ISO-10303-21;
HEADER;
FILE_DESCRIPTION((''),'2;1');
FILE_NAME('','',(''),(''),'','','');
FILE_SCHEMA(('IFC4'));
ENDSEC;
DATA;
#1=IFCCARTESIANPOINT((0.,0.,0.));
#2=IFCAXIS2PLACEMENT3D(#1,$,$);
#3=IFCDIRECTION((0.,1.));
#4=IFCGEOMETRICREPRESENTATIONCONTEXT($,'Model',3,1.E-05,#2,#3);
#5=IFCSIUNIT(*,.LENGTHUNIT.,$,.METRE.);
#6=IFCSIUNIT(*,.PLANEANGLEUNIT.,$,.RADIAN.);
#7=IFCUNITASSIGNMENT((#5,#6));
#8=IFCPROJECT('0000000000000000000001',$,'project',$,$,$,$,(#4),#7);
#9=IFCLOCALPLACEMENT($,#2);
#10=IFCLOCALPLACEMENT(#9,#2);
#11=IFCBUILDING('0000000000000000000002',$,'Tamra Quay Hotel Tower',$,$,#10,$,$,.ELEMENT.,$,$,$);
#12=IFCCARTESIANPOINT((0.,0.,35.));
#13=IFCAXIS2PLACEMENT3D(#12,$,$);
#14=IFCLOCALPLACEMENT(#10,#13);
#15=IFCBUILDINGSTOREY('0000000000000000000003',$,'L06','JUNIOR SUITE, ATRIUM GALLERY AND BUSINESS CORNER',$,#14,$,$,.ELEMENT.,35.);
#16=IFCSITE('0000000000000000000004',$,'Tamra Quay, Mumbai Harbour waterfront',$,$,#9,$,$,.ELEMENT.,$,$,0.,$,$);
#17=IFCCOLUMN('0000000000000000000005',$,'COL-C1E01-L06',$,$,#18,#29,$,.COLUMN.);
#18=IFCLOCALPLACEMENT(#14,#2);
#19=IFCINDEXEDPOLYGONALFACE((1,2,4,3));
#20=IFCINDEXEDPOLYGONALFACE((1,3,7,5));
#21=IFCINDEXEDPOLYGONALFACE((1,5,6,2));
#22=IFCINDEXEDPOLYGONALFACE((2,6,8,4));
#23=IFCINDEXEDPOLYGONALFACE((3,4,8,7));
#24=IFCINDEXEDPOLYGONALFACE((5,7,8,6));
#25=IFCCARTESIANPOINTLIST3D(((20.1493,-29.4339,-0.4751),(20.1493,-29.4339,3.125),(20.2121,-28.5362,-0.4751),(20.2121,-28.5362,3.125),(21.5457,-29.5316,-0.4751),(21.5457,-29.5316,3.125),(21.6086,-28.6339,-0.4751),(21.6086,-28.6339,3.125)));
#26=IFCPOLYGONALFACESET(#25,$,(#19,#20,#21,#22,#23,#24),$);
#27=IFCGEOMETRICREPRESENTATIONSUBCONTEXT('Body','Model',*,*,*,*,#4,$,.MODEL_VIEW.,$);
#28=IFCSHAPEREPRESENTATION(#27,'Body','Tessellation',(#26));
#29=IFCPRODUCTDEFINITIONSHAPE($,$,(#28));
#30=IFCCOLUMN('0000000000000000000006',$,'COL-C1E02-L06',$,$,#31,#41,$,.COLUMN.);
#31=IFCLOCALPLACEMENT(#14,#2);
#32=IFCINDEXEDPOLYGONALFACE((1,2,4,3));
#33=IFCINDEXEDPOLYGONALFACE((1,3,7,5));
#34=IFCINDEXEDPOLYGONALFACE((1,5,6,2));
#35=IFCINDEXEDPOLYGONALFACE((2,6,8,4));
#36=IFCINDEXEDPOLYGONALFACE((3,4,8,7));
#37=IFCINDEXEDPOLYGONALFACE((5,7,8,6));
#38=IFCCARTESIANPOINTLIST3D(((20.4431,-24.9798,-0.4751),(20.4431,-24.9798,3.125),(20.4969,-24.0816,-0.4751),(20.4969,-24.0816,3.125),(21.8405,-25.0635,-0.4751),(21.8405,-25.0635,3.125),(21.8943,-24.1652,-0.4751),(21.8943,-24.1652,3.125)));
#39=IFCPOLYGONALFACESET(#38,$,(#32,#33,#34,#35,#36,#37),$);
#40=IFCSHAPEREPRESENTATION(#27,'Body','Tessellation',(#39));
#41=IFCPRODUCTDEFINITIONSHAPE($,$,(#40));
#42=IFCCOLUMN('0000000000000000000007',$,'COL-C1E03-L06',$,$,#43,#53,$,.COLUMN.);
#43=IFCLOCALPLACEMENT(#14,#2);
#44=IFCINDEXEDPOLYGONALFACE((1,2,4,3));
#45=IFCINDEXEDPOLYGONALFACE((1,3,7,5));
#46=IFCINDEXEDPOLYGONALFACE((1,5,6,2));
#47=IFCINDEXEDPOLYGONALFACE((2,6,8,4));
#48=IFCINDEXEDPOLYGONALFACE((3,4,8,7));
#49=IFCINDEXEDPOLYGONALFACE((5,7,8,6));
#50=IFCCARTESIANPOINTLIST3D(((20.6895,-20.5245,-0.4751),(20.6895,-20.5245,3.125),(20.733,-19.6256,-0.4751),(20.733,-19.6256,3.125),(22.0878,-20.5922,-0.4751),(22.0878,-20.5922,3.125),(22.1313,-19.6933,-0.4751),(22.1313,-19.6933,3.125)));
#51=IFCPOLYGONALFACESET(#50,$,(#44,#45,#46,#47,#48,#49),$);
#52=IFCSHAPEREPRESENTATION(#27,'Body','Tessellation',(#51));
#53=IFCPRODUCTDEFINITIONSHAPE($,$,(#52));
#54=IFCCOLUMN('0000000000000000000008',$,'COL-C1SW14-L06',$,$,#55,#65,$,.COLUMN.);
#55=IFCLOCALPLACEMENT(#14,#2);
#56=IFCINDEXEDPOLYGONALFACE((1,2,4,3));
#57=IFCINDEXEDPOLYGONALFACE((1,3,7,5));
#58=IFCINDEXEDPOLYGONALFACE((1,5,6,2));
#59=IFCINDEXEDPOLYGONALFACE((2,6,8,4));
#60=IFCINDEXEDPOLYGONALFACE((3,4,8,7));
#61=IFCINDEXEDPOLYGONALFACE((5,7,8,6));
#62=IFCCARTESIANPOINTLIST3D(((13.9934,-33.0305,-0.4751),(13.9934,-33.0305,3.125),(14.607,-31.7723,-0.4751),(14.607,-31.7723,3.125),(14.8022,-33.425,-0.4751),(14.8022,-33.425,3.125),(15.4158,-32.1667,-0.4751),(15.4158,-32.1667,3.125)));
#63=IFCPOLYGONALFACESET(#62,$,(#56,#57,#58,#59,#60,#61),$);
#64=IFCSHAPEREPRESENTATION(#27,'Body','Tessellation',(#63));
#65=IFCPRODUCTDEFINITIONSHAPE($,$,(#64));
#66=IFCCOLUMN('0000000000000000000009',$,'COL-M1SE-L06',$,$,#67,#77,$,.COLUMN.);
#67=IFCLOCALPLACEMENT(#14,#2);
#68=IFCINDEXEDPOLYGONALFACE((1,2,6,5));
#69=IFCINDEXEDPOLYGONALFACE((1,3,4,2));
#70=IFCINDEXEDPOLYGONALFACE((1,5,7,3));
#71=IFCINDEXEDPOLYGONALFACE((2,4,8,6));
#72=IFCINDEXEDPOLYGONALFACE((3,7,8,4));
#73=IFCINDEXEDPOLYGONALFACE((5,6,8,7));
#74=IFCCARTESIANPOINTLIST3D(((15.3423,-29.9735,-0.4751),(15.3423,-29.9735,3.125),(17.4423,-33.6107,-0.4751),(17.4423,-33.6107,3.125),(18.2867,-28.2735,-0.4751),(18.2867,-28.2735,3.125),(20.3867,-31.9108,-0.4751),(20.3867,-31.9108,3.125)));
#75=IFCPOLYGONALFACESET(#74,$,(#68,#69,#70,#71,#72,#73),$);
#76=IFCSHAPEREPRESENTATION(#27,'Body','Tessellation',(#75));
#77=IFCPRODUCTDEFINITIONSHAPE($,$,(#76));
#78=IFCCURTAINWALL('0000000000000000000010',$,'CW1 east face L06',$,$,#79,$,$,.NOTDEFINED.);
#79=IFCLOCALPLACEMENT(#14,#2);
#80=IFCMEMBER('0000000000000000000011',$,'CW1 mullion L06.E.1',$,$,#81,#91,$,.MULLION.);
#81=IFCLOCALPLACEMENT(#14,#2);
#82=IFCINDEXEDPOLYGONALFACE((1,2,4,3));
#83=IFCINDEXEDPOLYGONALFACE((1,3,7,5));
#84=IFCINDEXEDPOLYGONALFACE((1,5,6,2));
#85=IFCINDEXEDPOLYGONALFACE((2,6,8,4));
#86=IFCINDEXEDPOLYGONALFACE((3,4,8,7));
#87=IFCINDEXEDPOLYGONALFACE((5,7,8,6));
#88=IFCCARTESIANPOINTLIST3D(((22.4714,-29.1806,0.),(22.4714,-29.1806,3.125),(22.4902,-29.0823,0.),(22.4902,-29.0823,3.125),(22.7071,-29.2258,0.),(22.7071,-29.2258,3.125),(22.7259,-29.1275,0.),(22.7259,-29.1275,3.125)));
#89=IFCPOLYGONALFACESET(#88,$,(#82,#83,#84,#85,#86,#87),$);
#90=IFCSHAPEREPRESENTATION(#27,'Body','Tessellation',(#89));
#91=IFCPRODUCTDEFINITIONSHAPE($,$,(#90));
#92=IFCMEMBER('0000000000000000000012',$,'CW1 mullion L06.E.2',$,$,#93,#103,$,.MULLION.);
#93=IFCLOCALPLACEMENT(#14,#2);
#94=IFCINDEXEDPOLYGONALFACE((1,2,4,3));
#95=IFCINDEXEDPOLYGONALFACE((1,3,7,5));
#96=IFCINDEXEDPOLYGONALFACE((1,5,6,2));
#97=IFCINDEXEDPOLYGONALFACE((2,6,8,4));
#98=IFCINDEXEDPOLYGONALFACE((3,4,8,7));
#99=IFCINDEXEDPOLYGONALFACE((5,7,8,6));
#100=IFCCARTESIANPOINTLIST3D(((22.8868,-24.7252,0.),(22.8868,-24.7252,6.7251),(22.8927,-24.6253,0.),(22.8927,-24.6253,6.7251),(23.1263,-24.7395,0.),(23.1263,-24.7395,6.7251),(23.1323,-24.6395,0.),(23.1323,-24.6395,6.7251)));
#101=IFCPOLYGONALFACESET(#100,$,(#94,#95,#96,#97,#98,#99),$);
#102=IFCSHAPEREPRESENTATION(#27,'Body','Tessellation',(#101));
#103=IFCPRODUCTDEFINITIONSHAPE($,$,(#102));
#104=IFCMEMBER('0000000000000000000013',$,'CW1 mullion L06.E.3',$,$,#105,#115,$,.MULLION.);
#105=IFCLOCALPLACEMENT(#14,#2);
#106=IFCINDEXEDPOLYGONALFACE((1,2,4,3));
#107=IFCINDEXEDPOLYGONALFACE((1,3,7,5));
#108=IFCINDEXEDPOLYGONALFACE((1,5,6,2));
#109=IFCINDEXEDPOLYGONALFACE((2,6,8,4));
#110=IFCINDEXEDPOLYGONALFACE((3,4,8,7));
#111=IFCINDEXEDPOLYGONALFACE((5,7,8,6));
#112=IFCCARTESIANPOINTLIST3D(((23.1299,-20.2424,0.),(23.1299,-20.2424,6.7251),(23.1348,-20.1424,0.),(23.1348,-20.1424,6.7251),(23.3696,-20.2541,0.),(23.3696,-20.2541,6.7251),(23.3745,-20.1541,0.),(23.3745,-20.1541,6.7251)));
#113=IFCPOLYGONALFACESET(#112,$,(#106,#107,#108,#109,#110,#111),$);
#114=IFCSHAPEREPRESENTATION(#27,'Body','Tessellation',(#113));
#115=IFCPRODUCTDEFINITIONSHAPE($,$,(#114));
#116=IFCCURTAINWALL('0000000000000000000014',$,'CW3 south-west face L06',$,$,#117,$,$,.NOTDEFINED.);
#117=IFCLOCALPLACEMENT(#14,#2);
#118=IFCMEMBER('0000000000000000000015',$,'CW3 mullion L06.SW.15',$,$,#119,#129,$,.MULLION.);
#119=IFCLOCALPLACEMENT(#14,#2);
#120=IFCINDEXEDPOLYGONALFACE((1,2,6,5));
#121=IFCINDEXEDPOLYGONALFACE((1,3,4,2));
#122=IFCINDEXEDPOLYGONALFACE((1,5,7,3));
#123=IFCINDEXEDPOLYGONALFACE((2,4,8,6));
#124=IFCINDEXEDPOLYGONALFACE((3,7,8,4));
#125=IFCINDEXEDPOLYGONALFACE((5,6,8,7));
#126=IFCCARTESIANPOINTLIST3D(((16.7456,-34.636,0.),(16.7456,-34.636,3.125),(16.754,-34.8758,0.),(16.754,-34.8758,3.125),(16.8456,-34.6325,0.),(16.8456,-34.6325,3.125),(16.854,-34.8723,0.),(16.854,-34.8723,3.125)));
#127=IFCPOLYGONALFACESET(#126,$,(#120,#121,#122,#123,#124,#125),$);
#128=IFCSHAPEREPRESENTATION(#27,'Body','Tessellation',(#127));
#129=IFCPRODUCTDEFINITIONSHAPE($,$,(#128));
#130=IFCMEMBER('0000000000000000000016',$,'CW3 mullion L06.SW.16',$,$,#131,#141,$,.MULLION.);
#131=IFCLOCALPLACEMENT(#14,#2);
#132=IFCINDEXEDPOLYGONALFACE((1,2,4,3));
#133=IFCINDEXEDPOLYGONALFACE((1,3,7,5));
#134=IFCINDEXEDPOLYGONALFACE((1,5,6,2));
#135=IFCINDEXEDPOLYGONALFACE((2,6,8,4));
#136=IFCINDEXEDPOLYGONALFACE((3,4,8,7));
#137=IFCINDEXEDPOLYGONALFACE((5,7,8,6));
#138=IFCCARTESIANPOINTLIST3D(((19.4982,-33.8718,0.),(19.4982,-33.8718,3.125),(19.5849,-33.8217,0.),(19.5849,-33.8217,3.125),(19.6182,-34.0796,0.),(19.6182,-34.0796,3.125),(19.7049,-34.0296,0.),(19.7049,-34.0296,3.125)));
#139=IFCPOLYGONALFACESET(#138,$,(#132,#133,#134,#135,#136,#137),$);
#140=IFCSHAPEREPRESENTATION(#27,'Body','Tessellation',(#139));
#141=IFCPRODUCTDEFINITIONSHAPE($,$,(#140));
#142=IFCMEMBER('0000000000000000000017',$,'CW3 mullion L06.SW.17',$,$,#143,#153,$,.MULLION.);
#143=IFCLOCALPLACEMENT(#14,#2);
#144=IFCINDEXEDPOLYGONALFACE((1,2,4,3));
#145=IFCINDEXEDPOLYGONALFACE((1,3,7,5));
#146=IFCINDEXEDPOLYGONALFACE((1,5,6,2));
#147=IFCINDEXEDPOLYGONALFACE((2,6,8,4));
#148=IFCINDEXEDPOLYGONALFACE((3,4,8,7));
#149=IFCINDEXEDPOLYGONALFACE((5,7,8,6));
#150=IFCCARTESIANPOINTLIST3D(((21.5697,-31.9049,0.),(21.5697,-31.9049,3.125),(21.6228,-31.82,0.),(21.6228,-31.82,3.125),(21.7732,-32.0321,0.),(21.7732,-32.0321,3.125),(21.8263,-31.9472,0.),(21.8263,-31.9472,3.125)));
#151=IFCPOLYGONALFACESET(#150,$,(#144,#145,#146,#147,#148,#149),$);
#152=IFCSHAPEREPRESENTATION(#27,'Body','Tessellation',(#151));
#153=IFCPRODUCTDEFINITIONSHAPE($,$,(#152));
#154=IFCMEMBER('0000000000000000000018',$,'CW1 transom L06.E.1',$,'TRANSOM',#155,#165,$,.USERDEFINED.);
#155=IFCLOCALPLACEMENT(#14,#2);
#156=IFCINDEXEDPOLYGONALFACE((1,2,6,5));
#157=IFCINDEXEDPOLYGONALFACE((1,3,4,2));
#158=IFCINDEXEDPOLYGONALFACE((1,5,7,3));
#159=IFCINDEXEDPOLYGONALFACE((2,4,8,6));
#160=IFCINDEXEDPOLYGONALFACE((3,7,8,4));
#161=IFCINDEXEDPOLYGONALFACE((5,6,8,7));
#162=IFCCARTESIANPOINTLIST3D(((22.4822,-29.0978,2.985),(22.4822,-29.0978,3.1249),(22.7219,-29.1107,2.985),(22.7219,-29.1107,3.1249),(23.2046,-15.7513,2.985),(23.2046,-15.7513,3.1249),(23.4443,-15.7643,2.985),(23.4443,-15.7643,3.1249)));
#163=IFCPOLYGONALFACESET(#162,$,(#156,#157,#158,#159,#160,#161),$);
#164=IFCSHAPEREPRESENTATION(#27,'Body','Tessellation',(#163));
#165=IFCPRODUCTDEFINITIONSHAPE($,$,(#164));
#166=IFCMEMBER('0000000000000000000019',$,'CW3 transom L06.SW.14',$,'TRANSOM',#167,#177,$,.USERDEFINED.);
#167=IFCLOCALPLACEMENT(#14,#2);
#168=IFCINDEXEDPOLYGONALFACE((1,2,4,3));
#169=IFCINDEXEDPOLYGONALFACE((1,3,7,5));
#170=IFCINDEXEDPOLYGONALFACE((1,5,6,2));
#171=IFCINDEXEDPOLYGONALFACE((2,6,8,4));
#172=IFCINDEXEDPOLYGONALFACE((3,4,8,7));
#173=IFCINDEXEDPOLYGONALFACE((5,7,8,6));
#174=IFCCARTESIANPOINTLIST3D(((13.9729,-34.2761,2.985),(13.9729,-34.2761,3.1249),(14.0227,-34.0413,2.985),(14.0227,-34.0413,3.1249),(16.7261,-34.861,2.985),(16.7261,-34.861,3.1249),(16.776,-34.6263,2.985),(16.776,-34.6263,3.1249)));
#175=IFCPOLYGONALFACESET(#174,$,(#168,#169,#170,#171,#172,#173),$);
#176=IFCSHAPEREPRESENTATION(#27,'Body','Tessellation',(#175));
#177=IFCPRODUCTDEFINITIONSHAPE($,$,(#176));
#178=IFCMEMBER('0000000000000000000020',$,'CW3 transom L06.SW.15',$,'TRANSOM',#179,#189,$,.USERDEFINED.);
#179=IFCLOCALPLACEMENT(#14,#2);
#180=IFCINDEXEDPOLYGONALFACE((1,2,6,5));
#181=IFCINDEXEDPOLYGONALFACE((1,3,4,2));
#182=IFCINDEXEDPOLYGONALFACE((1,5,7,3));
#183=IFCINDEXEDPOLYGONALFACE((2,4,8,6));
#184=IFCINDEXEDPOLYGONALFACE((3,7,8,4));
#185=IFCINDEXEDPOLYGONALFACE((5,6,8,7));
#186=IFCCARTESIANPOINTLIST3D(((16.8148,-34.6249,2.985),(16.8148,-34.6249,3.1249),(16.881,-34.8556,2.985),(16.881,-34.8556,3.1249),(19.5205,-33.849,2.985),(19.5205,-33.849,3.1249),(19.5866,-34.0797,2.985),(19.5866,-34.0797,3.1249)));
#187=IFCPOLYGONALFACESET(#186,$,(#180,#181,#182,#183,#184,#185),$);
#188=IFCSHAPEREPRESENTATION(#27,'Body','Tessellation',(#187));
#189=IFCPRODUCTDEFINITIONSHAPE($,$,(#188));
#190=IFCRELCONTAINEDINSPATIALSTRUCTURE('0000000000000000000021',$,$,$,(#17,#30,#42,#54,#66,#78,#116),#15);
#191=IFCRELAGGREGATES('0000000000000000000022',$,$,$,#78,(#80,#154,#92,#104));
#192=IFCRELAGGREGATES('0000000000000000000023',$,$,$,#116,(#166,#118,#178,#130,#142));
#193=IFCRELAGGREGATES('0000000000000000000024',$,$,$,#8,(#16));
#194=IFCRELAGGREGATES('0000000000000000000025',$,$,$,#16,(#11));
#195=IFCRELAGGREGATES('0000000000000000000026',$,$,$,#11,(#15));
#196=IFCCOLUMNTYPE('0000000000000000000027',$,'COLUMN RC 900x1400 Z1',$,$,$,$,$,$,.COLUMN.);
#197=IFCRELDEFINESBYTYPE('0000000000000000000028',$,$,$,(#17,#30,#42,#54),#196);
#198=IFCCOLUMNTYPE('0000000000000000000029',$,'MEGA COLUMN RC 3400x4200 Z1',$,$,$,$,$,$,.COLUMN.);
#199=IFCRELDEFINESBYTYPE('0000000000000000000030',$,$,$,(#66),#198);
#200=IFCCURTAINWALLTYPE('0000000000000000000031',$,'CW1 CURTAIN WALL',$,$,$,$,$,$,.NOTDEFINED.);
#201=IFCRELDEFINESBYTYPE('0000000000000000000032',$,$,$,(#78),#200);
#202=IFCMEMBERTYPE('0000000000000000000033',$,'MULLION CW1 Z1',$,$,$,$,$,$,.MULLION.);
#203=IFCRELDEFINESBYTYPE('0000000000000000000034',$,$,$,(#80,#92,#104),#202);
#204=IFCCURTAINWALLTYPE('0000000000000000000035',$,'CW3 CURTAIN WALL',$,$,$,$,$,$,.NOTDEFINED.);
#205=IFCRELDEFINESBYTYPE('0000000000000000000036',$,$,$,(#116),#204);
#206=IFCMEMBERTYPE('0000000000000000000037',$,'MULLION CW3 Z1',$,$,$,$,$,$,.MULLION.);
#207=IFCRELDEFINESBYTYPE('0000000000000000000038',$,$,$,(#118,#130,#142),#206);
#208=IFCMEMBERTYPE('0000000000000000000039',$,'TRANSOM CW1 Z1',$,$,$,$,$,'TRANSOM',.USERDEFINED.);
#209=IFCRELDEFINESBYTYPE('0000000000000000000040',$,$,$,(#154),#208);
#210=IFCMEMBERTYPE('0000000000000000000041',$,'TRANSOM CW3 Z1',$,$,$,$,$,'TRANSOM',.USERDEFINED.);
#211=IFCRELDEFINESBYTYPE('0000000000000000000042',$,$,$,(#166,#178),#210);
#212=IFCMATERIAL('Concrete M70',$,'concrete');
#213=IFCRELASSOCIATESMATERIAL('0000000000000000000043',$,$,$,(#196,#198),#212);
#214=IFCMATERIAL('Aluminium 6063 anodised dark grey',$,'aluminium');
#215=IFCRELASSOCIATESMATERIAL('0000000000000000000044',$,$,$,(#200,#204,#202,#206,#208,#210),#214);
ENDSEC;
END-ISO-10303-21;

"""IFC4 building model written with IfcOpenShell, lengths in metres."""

from ifc_helpers import new_model, si_unit, direction, frame, origin, origin_2d, place, context, subcontext, project, spatial, rectangle, extrude, material, material_profile, profile_set, type_object, element, aggregate, save


model = new_model("IFC4")

# Units and contexts
model_context = context("Model", 3, precision=1e-05, world=origin(), true_north=direction((0.0, 1.0)))
body_context = subcontext(model_context, "Body", "Model", "MODEL_VIEW")
ifc_project = project(units=[si_unit("LENGTHUNIT", "METRE"), si_unit("PLANEANGLEUNIT", "RADIAN")], contexts=[model_context])

# Site, building, storey
site_placement = place(None, origin())
site = spatial("IfcSite", under=ifc_project, at=site_placement, Name="Tamra Quay, Mumbai Harbour waterfront", CompositionType="ELEMENT", RefElevation=0.0)
building_placement = place(site_placement, origin())
building = spatial("IfcBuilding", under=site, at=building_placement, Name="Tamra Quay Hotel Tower", CompositionType="ELEMENT")
storey_placement = place(building_placement, frame((0.0, 0.0, 35.0)))
storey = spatial("IfcBuildingStorey", under=building, at=storey_placement, Name="L06", Description="JUNIOR SUITE, ATRIUM GALLERY AND BUSINESS CORNER", CompositionType="ELEMENT", Elevation=35.0)

# Columns
ifc_material_1 = material(Name="Concrete M70", Category="concrete")
ifc_material_profile_1 = material_profile(ifc_material_1, rectangle(XDim=1.3999, YDim=0.8999, at=origin_2d()), Name="COLUMN RC 900x1400 Z1")
ifc_profile_set_1 = profile_set([ifc_material_profile_1], Name="Concrete M70")
column_type_1 = type_object("IfcColumnType", Name="COLUMN RC 900x1400 Z1", PredefinedType="COLUMN", material=ifc_profile_set_1)
for number, where, z_axis, x_axis, name in (
    (1, (20.8789, -29.0339, -0.4751), (0.0, 0.0, 1.0), (-0.997562, 0.06979, 0.0), "COL-C1E01-L06"),
    (2, (21.1687, -24.5725, -0.4751), (0.0, 0.0, 1.0), (-0.998214, 0.059733, 0.0), "COL-C1E02-L06"),
    (3, (21.4104, -20.1089, -0.4751), (0.0, 0.0, 1.0), (-0.998831, 0.048344, 0.0), "COL-C1E03-L06"),
    (4, (14.7046, -32.5986, -0.4751), (0.0, 0.0, 1.0), (0.438341, 0.898809, 0.0), "COL-C1SW14-L06"),
):
    element("IfcColumn", number, at=place(storey_placement, frame(where, z_axis=z_axis, x_axis=x_axis)), inside=storey, type_object=column_type_1, Name=name, PredefinedType="COLUMN", context=body_context, shape_type="SweptSolid", body=[
        extrude(rectangle(XDim=1.3999, YDim=0.8999, at=origin_2d()), origin(), (0.0, 0.0, 1.0), 3.6001),
    ])
ifc_material_profile_2 = material_profile(ifc_material_1, rectangle(XDim=4.2, YDim=3.3999, at=origin_2d()), Name="MEGA COLUMN RC 3400x4200 Z1")
ifc_profile_set_2 = profile_set([ifc_material_profile_2], Name="Concrete M70")
column_type_2 = type_object("IfcColumnType", Name="MEGA COLUMN RC 3400x4200 Z1", PredefinedType="COLUMN", material=ifc_profile_set_2)
column_placement = place(storey_placement, frame((17.8645, -30.9421, -0.4751), z_axis=(0.0, 0.0, 1.0), x_axis=(-0.5, 0.866025, 0.0)))
element("IfcColumn", 5, at=column_placement, inside=storey, type_object=column_type_2, Name="COL-M1SE-L06", PredefinedType="COLUMN", context=body_context, shape_type="SweptSolid", body=[
    extrude(rectangle(XDim=4.2, YDim=3.3999, at=origin_2d()), origin(), (0.0, 0.0, 1.0), 3.6001),
])

# Curtain walls, members
ifc_material_2 = material(Name="Aluminium 6063 anodised dark grey", Category="aluminium")
curtain_wall_type_1 = type_object("IfcCurtainWallType", Name="CW1 CURTAIN WALL", PredefinedType="NOTDEFINED", material=ifc_material_2)
curtain_wall_1_placement = place(storey_placement, origin())
curtain_wall_1 = element("IfcCurtainWall", 6, at=curtain_wall_1_placement, inside=storey, type_object=curtain_wall_type_1, Name="CW1 east face L06", PredefinedType="NOTDEFINED")
ifc_material_profile_3 = material_profile(ifc_material_2, rectangle(XDim=0.24, YDim=0.1001, at=origin_2d()), Name="MULLION 100X240")
ifc_profile_set_3 = profile_set([ifc_material_profile_3], Name="Aluminium 6063 anodised dark grey")
member_type_1 = type_object("IfcMemberType", Name="MULLION CW1 Z1", PredefinedType="MULLION", material=ifc_profile_set_3)
member_1_placement = place(storey_placement, frame((22.5986, -29.1541, 0.0), z_axis=(0.0, 0.0, 1.0), x_axis=(0.982095, -0.188389, 0.0)))
member_1 = element("IfcMember", 7, at=member_1_placement, type_object=member_type_1, Name="CW1 mullion L06.E.1", PredefinedType="MULLION", context=body_context, shape_type="SweptSolid", body=[
    extrude(rectangle(XDim=0.24, YDim=0.1001, at=origin_2d()), origin(), (0.0, 0.0, 1.0), 3.125),
])
member_2_placement = place(storey_placement, frame((23.0095, -24.6824, 0.0), z_axis=(0.0, 0.0, 1.0), x_axis=(0.998232, -0.059439, 0.0)))
member_2 = element("IfcMember", 8, at=member_2_placement, type_object=member_type_1, Name="CW1 mullion L06.E.2", PredefinedType="MULLION", context=body_context, shape_type="SweptSolid", body=[
    extrude(rectangle(XDim=0.24, YDim=0.1001, at=origin_2d()), origin(), (0.0, 0.0, 1.0), 6.7251),
])
member_3_placement = place(storey_placement, frame((23.2522, -20.1982, 0.0), z_axis=(0.0, 0.0, 1.0), x_axis=(0.998815, -0.048675, 0.0)))
member_3 = element("IfcMember", 9, at=member_3_placement, type_object=member_type_1, Name="CW1 mullion L06.E.3", PredefinedType="MULLION", context=body_context, shape_type="SweptSolid", body=[
    extrude(rectangle(XDim=0.24, YDim=0.1001, at=origin_2d()), origin(), (0.0, 0.0, 1.0), 6.7251),
])
curtain_wall_type_2 = type_object("IfcCurtainWallType", Name="CW3 CURTAIN WALL", PredefinedType="NOTDEFINED", material=ifc_material_2)
curtain_wall_2_placement = place(storey_placement, origin())
curtain_wall_2 = element("IfcCurtainWall", 10, at=curtain_wall_2_placement, inside=storey, type_object=curtain_wall_type_2, Name="CW3 south-west face L06", PredefinedType="NOTDEFINED")
ifc_material_profile_4 = material_profile(ifc_material_2, rectangle(XDim=0.24, YDim=0.1001, at=origin_2d()), Name="MULLION 100X240")
ifc_profile_set_4 = profile_set([ifc_material_profile_4], Name="Aluminium 6063 anodised dark grey")
member_type_2 = type_object("IfcMemberType", Name="MULLION CW3 Z1", PredefinedType="MULLION", material=ifc_profile_set_4)
member_4_placement = place(storey_placement, frame((16.7998, -34.7542, 0.0), z_axis=(0.0, 0.0, 1.0), x_axis=(0.034916, -0.99939, 0.0)))
member_4 = element("IfcMember", 11, at=member_4_placement, type_object=member_type_2, Name="CW3 mullion L06.SW.15", PredefinedType="MULLION", context=body_context, shape_type="SweptSolid", body=[
    extrude(rectangle(XDim=0.24, YDim=0.1001, at=origin_2d()), origin(), (0.0, 0.0, 1.0), 3.125),
])
member_5_placement = place(storey_placement, frame((19.6016, -33.9507, 0.0), z_axis=(0.0, 0.0, 1.0), x_axis=(0.5, -0.866025, 0.0)))
member_5 = element("IfcMember", 12, at=member_5_placement, type_object=member_type_2, Name="CW3 mullion L06.SW.16", PredefinedType="MULLION", context=body_context, shape_type="SweptSolid", body=[
    extrude(rectangle(XDim=0.24, YDim=0.1001, at=origin_2d()), origin(), (0.0, 0.0, 1.0), 3.125),
])
member_6_placement = place(storey_placement, frame((21.698, -31.926, 0.0), z_axis=(0.0, 0.0, 1.0), x_axis=(0.848039, -0.529933, 0.0)))
member_6 = element("IfcMember", 13, at=member_6_placement, type_object=member_type_2, Name="CW3 mullion L06.SW.17", PredefinedType="MULLION", context=body_context, shape_type="SweptSolid", body=[
    extrude(rectangle(XDim=0.24, YDim=0.1001, at=origin_2d()), origin(), (0.0, 0.0, 1.0), 3.125),
])

# Members
ifc_material_profile_5 = material_profile(ifc_material_2, rectangle(XDim=0.24, YDim=0.1399, at=origin_2d()), Name="TRANSOM 240X140")
ifc_profile_set_5 = profile_set([ifc_material_profile_5], Name="Aluminium 6063 anodised dark grey")
member_type_3 = type_object("IfcMemberType", Name="TRANSOM CW1 Z1", ElementType="TRANSOM", PredefinedType="USERDEFINED", material=ifc_profile_set_5)
member_7_placement = place(storey_placement, frame((22.6021, -29.1042, 3.0549), z_axis=(0.054049, 0.998538, 0.0), x_axis=(-0.998538, 0.054049, 0.0)))
member_7 = element("IfcMember", 14, at=member_7_placement, type_object=member_type_3, Name="CW1 transom L06.E.1", ObjectType="TRANSOM", PredefinedType="USERDEFINED", context=body_context, shape_type="SweptSolid", body=[
    extrude(rectangle(XDim=0.24, YDim=0.1399, at=origin_2d()), origin(), (0.0, 0.0, 1.0), 13.366),
])
ifc_material_profile_6 = material_profile(ifc_material_2, rectangle(XDim=0.24, YDim=0.1399, at=origin_2d()), Name="TRANSOM 240X140")
ifc_profile_set_6 = profile_set([ifc_material_profile_6], Name="Aluminium 6063 anodised dark grey")
member_type_4 = type_object("IfcMemberType", Name="TRANSOM CW3 Z1", ElementType="TRANSOM", PredefinedType="USERDEFINED", material=ifc_profile_set_6)
member_8_placement = place(storey_placement, frame((13.9978, -34.1587, 3.0549), z_axis=(0.978165, -0.207829, 0.0), x_axis=(0.207829, 0.978165, 0.0)))
member_8 = element("IfcMember", 15, at=member_8_placement, type_object=member_type_4, Name="CW3 transom L06.SW.14", ObjectType="TRANSOM", PredefinedType="USERDEFINED", context=body_context, shape_type="SweptSolid", body=[
    extrude(rectangle(XDim=0.24, YDim=0.1399, at=origin_2d()), origin(), (0.0, 0.0, 1.0), 2.8147),
])
member_9_placement = place(storey_placement, frame((16.8479, -34.7402, 3.0549), z_axis=(0.961255, 0.27566, 0.0), x_axis=(-0.27566, 0.961255, 0.0)))
member_9 = element("IfcMember", 16, at=member_9_placement, type_object=member_type_4, Name="CW3 transom L06.SW.15", ObjectType="TRANSOM", PredefinedType="USERDEFINED", context=body_context, shape_type="SweptSolid", body=[
    extrude(rectangle(XDim=0.24, YDim=0.1399, at=origin_2d()), origin(), (0.0, 0.0, 1.0), 2.8147),
])

aggregate(curtain_wall_1, [member_1, member_7, member_2, member_3])
aggregate(curtain_wall_2, [member_8, member_4, member_9, member_5, member_6])

save(model, "model.ifc")
